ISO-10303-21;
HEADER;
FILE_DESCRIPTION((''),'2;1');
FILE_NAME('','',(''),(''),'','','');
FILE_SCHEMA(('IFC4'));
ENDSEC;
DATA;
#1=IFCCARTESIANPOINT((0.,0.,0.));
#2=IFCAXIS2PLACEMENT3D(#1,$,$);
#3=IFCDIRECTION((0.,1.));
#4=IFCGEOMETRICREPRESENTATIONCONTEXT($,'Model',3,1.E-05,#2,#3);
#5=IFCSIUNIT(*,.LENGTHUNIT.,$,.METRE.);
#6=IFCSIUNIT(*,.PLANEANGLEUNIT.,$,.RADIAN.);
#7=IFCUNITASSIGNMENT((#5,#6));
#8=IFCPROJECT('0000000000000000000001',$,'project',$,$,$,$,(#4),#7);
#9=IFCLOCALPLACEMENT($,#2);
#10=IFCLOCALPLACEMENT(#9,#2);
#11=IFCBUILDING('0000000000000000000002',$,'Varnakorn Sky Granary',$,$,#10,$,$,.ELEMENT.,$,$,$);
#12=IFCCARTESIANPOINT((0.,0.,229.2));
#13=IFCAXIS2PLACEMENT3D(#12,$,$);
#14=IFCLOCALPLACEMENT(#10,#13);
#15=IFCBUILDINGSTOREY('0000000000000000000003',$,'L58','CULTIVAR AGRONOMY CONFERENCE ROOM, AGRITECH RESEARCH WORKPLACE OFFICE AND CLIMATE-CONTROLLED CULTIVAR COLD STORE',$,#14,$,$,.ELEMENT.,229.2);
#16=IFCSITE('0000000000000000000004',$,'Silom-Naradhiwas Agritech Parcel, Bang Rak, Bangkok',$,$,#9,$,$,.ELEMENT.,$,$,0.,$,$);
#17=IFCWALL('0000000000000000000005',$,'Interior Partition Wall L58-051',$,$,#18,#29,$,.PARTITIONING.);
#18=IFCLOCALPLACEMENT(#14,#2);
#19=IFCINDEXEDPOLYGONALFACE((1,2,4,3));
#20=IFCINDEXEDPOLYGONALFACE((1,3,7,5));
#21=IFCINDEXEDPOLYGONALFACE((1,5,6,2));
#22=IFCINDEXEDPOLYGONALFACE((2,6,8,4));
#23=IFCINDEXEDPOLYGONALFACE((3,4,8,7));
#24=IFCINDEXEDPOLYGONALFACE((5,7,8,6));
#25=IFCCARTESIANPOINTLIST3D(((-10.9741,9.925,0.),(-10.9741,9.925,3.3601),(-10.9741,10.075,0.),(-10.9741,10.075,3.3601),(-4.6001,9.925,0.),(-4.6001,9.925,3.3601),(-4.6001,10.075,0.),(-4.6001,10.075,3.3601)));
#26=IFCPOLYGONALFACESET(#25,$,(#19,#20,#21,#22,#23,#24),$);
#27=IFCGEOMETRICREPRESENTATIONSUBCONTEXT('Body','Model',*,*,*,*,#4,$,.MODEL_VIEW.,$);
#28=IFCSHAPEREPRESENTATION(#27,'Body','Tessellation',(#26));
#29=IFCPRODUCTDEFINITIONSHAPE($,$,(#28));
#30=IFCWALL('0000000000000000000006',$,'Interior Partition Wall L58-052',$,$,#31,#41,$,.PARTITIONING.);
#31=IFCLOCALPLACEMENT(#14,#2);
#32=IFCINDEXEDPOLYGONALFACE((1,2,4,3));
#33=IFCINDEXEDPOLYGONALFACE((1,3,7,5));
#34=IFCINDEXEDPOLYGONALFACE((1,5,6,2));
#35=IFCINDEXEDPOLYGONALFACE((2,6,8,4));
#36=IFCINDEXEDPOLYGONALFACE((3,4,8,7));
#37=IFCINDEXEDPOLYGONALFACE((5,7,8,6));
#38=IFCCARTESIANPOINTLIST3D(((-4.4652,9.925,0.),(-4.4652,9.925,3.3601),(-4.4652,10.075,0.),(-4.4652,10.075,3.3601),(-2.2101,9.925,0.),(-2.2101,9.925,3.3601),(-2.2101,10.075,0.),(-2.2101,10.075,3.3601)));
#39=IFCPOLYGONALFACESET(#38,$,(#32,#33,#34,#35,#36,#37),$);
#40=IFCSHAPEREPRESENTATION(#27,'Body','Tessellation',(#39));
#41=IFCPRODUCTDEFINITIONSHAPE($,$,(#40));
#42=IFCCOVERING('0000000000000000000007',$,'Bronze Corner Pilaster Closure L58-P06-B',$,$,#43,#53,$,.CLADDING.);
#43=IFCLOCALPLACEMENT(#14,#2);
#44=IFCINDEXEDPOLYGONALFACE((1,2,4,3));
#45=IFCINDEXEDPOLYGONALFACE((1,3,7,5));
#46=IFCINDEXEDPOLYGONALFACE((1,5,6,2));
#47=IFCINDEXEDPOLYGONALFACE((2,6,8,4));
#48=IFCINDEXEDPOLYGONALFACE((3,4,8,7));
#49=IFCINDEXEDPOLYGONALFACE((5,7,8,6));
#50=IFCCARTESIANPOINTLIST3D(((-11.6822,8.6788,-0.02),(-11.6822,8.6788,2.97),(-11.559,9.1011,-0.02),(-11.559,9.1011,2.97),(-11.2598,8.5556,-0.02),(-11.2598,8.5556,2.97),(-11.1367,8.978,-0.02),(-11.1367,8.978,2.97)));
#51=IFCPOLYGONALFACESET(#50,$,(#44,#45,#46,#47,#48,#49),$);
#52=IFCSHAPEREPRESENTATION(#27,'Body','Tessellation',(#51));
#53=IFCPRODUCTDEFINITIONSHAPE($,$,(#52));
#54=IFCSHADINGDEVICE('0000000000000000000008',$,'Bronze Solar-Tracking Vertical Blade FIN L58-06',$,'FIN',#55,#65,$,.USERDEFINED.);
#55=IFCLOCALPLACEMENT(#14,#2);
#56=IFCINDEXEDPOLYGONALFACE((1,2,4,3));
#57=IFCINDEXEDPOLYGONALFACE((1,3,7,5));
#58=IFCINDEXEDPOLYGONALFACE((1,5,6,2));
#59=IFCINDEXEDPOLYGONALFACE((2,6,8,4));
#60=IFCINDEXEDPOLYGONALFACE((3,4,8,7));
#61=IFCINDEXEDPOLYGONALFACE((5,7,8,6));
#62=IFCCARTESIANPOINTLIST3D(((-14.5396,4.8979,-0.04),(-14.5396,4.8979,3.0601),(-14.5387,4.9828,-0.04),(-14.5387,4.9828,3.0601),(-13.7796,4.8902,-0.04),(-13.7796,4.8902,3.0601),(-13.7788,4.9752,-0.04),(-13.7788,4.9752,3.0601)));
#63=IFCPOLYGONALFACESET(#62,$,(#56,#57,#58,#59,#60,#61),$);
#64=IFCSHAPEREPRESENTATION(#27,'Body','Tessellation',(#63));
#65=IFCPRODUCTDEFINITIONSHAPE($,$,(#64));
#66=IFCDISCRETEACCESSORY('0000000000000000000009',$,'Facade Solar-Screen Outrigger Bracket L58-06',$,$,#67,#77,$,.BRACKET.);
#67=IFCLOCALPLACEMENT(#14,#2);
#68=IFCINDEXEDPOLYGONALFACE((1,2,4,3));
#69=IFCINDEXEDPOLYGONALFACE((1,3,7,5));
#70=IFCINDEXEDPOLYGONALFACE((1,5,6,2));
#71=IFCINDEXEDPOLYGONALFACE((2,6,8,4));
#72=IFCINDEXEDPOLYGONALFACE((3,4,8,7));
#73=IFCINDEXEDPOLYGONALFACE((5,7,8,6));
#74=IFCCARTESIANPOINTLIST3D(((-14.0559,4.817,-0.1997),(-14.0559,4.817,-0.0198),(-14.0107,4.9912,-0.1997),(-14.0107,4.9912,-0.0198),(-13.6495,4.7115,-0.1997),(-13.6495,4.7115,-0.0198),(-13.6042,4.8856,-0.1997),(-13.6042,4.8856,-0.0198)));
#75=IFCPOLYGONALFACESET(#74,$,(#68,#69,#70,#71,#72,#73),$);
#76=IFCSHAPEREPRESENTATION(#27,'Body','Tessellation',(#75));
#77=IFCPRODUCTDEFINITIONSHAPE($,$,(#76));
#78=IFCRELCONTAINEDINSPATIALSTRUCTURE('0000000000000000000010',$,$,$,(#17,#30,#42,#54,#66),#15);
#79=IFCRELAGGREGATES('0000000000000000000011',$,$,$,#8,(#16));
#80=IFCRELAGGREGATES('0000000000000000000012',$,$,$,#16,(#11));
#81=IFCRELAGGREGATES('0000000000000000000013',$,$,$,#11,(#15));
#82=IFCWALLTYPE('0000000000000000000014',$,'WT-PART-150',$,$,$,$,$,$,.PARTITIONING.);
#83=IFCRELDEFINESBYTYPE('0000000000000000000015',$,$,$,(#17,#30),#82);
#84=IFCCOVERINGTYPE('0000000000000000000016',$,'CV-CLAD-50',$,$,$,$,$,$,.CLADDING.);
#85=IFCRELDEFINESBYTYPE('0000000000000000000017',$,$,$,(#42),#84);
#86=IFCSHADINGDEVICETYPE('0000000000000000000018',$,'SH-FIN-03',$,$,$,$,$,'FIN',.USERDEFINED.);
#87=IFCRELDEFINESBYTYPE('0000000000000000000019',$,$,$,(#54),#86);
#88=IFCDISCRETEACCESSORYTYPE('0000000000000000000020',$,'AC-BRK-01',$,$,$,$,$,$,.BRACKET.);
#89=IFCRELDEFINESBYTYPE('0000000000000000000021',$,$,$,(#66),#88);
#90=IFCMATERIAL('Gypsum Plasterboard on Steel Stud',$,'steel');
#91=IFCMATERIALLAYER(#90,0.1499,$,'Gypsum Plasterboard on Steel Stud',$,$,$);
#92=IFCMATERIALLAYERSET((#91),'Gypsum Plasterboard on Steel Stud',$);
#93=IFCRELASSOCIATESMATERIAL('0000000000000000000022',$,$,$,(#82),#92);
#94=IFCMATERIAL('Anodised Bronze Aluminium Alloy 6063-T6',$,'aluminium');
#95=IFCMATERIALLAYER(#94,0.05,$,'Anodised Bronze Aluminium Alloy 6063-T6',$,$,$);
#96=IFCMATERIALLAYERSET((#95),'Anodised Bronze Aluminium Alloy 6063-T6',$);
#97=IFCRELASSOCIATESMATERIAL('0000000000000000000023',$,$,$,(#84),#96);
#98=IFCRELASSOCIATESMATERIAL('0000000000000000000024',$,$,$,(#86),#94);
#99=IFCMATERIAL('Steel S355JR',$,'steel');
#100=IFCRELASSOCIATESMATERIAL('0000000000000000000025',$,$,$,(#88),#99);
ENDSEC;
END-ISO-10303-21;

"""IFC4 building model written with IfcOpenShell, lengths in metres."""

from ifc_helpers import new_model, si_unit, direction, frame, frame_2d, origin, origin_2d, place, context, subcontext, project, spatial, rectangle, extrude, source, transform, mapped, material, layer, layer_set, type_object, type_shapes, element, save


model = new_model("IFC4")

# Units and contexts
model_context = context("Model", 3, precision=1e-05, world=origin(), true_north=direction((0.0, 1.0)))
body_context = subcontext(model_context, "Body", "Model", "MODEL_VIEW")
ifc_project = project(units=[si_unit("LENGTHUNIT", "METRE"), si_unit("PLANEANGLEUNIT", "RADIAN")], contexts=[model_context])

# Site, building, storey
site_placement = place(None, origin())
site = spatial("IfcSite", under=ifc_project, at=site_placement, Name="Silom-Naradhiwas Agritech Parcel, Bang Rak, Bangkok", CompositionType="ELEMENT", RefElevation=0.0)
building_placement = place(site_placement, origin())
building = spatial("IfcBuilding", under=site, at=building_placement, Name="Varnakorn Sky Granary", CompositionType="ELEMENT")
storey_placement = place(building_placement, frame((0.0, 0.0, 229.2)))
storey = spatial("IfcBuildingStorey", under=building, at=storey_placement, Name="L58", Description="CULTIVAR AGRONOMY CONFERENCE ROOM, AGRITECH RESEARCH WORKPLACE OFFICE AND CLIMATE-CONTROLLED CULTIVAR COLD STORE", CompositionType="ELEMENT", Elevation=229.2)

# Shared definitions
ifc_material_1 = material(Name="Steel S355JR", Category="steel")

# Shared definitions
ifc_material_2 = material(Name="Anodised Bronze Aluminium Alloy 6063-T6", Category="aluminium")

# Shared definitions
ifc_material_3 = material(Name="Gypsum Plasterboard on Steel Stud", Category="steel")
ifc_layer_1 = layer(ifc_material_3, 0.1499, Name="Gypsum Plasterboard on Steel Stud")
ifc_layer_set_1 = layer_set([ifc_layer_1], Name="Gypsum Plasterboard on Steel Stud")
wall_type = type_object("IfcWallType", Name="WT-PART-150", PredefinedType="PARTITIONING", material=ifc_layer_set_1)

# Walls
wall_1_placement = place(storey_placement, frame((-10.9741, 10.0, 0.0), z_axis=(0.0, 0.0, 1.0), x_axis=(1.0, 0.0, 0.0)))
element("IfcWall", 1, at=wall_1_placement, inside=storey, type_object=wall_type, Name="Interior Partition Wall L58-051", PredefinedType="PARTITIONING", context=body_context, shape_type="SweptSolid", body=[
    extrude(rectangle(XDim=6.374, YDim=0.1499, at=frame_2d((3.187, 0.0))), origin(), (0.0, 0.0, 1.0), 3.3601),
])
wall_2_placement = place(storey_placement, frame((-4.4651, 10.0, 0.0), z_axis=(0.0, 0.0, 1.0), x_axis=(1.0, 0.0, 0.0)))
element("IfcWall", 2, at=wall_2_placement, inside=storey, type_object=wall_type, Name="Interior Partition Wall L58-052", PredefinedType="PARTITIONING", context=body_context, shape_type="SweptSolid", body=[
    extrude(rectangle(XDim=2.2551, YDim=0.1499, at=frame_2d((1.1274, 0.0))), origin(), (0.0, 0.0, 1.0), 3.3601),
])

# Covering
ifc_layer_2 = layer(ifc_material_2, 0.05, Name="Anodised Bronze Aluminium Alloy 6063-T6")
ifc_layer_set_2 = layer_set([ifc_layer_2], Name="Anodised Bronze Aluminium Alloy 6063-T6")
covering_type = type_object("IfcCoveringType", Name="CV-CLAD-50", PredefinedType="CLADDING", material=ifc_layer_set_2)
shared_shape_1 = source(origin(), body_context, "Body", "SweptSolid", [
    extrude(rectangle(XDim=0.4399, YDim=0.4399, at=origin_2d()), origin(), (0.0, 0.0, 1.0), 2.99),
])
type_shapes(covering_type, [shared_shape_1])
covering_placement = place(storey_placement, frame((-11.4094, 8.8284, -0.02), z_axis=(0.0, 0.0, 1.0), x_axis=(0.279997, 0.960001, 0.0)))
element("IfcCovering", 3, at=covering_placement, inside=storey, type_object=covering_type, Name="Bronze Corner Pilaster Closure L58-P06-B", PredefinedType="CLADDING", context=body_context, shape_type="MappedRepresentation", body=[
    mapped(shared_shape_1, transform((0.0, 0.0, 0.0), x_axis=(1.0, 0.0, 0.0), y_axis=(0.0, 1.0, 0.0), z_axis=(0.0, 0.0, 1.0), scale=1.0)),
])

# Shading device
shading_device_type = type_object("IfcShadingDeviceType", Name="SH-FIN-03", ElementType="FIN", PredefinedType="USERDEFINED", material=ifc_material_2)
shared_shape_2 = source(origin(), body_context, "Body", "SweptSolid", [
    extrude(rectangle(XDim=0.085, YDim=0.76, at=origin_2d()), origin(), (0.0, 0.0, 1.0), 3.1001),
])
type_shapes(shading_device_type, [shared_shape_2])
shading_device_placement = place(storey_placement, frame((-14.1592, 4.9365, -0.04), z_axis=(0.0, 0.0, 1.0), x_axis=(-0.010116, -0.999949, 0.0)))
element("IfcShadingDevice", 4, at=shading_device_placement, inside=storey, type_object=shading_device_type, Name="Bronze Solar-Tracking Vertical Blade FIN L58-06", ObjectType="FIN", PredefinedType="USERDEFINED", context=body_context, shape_type="MappedRepresentation", body=[
    mapped(shared_shape_2, transform((0.0, 0.0, 0.0), x_axis=(1.0, 0.0, 0.0), y_axis=(0.0, 1.0, 0.0), z_axis=(0.0, 0.0, 1.0), scale=1.0)),
])

# Discrete accessory
discrete_accessory_type = type_object("IfcDiscreteAccessoryType", Name="AC-BRK-01", PredefinedType="BRACKET", material=ifc_material_1)
shared_shape_3 = source(origin(), body_context, "Body", "SweptSolid", [
    extrude(rectangle(XDim=0.1799, YDim=0.4199, at=origin_2d()), origin(), (0.0, 0.0, 1.0), 0.1799),
])
type_shapes(discrete_accessory_type, [shared_shape_3])
discrete_accessory_placement = place(storey_placement, frame((-13.8301, 4.8513, -0.1997), z_axis=(0.0, 0.0, 1.0), x_axis=(-0.251357, -0.967894, 0.0)))
element("IfcDiscreteAccessory", 5, at=discrete_accessory_placement, inside=storey, type_object=discrete_accessory_type, Name="Facade Solar-Screen Outrigger Bracket L58-06", PredefinedType="BRACKET", context=body_context, shape_type="MappedRepresentation", body=[
    mapped(shared_shape_3, transform((0.0, 0.0, 0.0), x_axis=(1.0, 0.0, 0.0), y_axis=(0.0, 1.0, 0.0), z_axis=(0.0, 0.0, 1.0), scale=1.0)),
])

save(model, "model.ifc")
